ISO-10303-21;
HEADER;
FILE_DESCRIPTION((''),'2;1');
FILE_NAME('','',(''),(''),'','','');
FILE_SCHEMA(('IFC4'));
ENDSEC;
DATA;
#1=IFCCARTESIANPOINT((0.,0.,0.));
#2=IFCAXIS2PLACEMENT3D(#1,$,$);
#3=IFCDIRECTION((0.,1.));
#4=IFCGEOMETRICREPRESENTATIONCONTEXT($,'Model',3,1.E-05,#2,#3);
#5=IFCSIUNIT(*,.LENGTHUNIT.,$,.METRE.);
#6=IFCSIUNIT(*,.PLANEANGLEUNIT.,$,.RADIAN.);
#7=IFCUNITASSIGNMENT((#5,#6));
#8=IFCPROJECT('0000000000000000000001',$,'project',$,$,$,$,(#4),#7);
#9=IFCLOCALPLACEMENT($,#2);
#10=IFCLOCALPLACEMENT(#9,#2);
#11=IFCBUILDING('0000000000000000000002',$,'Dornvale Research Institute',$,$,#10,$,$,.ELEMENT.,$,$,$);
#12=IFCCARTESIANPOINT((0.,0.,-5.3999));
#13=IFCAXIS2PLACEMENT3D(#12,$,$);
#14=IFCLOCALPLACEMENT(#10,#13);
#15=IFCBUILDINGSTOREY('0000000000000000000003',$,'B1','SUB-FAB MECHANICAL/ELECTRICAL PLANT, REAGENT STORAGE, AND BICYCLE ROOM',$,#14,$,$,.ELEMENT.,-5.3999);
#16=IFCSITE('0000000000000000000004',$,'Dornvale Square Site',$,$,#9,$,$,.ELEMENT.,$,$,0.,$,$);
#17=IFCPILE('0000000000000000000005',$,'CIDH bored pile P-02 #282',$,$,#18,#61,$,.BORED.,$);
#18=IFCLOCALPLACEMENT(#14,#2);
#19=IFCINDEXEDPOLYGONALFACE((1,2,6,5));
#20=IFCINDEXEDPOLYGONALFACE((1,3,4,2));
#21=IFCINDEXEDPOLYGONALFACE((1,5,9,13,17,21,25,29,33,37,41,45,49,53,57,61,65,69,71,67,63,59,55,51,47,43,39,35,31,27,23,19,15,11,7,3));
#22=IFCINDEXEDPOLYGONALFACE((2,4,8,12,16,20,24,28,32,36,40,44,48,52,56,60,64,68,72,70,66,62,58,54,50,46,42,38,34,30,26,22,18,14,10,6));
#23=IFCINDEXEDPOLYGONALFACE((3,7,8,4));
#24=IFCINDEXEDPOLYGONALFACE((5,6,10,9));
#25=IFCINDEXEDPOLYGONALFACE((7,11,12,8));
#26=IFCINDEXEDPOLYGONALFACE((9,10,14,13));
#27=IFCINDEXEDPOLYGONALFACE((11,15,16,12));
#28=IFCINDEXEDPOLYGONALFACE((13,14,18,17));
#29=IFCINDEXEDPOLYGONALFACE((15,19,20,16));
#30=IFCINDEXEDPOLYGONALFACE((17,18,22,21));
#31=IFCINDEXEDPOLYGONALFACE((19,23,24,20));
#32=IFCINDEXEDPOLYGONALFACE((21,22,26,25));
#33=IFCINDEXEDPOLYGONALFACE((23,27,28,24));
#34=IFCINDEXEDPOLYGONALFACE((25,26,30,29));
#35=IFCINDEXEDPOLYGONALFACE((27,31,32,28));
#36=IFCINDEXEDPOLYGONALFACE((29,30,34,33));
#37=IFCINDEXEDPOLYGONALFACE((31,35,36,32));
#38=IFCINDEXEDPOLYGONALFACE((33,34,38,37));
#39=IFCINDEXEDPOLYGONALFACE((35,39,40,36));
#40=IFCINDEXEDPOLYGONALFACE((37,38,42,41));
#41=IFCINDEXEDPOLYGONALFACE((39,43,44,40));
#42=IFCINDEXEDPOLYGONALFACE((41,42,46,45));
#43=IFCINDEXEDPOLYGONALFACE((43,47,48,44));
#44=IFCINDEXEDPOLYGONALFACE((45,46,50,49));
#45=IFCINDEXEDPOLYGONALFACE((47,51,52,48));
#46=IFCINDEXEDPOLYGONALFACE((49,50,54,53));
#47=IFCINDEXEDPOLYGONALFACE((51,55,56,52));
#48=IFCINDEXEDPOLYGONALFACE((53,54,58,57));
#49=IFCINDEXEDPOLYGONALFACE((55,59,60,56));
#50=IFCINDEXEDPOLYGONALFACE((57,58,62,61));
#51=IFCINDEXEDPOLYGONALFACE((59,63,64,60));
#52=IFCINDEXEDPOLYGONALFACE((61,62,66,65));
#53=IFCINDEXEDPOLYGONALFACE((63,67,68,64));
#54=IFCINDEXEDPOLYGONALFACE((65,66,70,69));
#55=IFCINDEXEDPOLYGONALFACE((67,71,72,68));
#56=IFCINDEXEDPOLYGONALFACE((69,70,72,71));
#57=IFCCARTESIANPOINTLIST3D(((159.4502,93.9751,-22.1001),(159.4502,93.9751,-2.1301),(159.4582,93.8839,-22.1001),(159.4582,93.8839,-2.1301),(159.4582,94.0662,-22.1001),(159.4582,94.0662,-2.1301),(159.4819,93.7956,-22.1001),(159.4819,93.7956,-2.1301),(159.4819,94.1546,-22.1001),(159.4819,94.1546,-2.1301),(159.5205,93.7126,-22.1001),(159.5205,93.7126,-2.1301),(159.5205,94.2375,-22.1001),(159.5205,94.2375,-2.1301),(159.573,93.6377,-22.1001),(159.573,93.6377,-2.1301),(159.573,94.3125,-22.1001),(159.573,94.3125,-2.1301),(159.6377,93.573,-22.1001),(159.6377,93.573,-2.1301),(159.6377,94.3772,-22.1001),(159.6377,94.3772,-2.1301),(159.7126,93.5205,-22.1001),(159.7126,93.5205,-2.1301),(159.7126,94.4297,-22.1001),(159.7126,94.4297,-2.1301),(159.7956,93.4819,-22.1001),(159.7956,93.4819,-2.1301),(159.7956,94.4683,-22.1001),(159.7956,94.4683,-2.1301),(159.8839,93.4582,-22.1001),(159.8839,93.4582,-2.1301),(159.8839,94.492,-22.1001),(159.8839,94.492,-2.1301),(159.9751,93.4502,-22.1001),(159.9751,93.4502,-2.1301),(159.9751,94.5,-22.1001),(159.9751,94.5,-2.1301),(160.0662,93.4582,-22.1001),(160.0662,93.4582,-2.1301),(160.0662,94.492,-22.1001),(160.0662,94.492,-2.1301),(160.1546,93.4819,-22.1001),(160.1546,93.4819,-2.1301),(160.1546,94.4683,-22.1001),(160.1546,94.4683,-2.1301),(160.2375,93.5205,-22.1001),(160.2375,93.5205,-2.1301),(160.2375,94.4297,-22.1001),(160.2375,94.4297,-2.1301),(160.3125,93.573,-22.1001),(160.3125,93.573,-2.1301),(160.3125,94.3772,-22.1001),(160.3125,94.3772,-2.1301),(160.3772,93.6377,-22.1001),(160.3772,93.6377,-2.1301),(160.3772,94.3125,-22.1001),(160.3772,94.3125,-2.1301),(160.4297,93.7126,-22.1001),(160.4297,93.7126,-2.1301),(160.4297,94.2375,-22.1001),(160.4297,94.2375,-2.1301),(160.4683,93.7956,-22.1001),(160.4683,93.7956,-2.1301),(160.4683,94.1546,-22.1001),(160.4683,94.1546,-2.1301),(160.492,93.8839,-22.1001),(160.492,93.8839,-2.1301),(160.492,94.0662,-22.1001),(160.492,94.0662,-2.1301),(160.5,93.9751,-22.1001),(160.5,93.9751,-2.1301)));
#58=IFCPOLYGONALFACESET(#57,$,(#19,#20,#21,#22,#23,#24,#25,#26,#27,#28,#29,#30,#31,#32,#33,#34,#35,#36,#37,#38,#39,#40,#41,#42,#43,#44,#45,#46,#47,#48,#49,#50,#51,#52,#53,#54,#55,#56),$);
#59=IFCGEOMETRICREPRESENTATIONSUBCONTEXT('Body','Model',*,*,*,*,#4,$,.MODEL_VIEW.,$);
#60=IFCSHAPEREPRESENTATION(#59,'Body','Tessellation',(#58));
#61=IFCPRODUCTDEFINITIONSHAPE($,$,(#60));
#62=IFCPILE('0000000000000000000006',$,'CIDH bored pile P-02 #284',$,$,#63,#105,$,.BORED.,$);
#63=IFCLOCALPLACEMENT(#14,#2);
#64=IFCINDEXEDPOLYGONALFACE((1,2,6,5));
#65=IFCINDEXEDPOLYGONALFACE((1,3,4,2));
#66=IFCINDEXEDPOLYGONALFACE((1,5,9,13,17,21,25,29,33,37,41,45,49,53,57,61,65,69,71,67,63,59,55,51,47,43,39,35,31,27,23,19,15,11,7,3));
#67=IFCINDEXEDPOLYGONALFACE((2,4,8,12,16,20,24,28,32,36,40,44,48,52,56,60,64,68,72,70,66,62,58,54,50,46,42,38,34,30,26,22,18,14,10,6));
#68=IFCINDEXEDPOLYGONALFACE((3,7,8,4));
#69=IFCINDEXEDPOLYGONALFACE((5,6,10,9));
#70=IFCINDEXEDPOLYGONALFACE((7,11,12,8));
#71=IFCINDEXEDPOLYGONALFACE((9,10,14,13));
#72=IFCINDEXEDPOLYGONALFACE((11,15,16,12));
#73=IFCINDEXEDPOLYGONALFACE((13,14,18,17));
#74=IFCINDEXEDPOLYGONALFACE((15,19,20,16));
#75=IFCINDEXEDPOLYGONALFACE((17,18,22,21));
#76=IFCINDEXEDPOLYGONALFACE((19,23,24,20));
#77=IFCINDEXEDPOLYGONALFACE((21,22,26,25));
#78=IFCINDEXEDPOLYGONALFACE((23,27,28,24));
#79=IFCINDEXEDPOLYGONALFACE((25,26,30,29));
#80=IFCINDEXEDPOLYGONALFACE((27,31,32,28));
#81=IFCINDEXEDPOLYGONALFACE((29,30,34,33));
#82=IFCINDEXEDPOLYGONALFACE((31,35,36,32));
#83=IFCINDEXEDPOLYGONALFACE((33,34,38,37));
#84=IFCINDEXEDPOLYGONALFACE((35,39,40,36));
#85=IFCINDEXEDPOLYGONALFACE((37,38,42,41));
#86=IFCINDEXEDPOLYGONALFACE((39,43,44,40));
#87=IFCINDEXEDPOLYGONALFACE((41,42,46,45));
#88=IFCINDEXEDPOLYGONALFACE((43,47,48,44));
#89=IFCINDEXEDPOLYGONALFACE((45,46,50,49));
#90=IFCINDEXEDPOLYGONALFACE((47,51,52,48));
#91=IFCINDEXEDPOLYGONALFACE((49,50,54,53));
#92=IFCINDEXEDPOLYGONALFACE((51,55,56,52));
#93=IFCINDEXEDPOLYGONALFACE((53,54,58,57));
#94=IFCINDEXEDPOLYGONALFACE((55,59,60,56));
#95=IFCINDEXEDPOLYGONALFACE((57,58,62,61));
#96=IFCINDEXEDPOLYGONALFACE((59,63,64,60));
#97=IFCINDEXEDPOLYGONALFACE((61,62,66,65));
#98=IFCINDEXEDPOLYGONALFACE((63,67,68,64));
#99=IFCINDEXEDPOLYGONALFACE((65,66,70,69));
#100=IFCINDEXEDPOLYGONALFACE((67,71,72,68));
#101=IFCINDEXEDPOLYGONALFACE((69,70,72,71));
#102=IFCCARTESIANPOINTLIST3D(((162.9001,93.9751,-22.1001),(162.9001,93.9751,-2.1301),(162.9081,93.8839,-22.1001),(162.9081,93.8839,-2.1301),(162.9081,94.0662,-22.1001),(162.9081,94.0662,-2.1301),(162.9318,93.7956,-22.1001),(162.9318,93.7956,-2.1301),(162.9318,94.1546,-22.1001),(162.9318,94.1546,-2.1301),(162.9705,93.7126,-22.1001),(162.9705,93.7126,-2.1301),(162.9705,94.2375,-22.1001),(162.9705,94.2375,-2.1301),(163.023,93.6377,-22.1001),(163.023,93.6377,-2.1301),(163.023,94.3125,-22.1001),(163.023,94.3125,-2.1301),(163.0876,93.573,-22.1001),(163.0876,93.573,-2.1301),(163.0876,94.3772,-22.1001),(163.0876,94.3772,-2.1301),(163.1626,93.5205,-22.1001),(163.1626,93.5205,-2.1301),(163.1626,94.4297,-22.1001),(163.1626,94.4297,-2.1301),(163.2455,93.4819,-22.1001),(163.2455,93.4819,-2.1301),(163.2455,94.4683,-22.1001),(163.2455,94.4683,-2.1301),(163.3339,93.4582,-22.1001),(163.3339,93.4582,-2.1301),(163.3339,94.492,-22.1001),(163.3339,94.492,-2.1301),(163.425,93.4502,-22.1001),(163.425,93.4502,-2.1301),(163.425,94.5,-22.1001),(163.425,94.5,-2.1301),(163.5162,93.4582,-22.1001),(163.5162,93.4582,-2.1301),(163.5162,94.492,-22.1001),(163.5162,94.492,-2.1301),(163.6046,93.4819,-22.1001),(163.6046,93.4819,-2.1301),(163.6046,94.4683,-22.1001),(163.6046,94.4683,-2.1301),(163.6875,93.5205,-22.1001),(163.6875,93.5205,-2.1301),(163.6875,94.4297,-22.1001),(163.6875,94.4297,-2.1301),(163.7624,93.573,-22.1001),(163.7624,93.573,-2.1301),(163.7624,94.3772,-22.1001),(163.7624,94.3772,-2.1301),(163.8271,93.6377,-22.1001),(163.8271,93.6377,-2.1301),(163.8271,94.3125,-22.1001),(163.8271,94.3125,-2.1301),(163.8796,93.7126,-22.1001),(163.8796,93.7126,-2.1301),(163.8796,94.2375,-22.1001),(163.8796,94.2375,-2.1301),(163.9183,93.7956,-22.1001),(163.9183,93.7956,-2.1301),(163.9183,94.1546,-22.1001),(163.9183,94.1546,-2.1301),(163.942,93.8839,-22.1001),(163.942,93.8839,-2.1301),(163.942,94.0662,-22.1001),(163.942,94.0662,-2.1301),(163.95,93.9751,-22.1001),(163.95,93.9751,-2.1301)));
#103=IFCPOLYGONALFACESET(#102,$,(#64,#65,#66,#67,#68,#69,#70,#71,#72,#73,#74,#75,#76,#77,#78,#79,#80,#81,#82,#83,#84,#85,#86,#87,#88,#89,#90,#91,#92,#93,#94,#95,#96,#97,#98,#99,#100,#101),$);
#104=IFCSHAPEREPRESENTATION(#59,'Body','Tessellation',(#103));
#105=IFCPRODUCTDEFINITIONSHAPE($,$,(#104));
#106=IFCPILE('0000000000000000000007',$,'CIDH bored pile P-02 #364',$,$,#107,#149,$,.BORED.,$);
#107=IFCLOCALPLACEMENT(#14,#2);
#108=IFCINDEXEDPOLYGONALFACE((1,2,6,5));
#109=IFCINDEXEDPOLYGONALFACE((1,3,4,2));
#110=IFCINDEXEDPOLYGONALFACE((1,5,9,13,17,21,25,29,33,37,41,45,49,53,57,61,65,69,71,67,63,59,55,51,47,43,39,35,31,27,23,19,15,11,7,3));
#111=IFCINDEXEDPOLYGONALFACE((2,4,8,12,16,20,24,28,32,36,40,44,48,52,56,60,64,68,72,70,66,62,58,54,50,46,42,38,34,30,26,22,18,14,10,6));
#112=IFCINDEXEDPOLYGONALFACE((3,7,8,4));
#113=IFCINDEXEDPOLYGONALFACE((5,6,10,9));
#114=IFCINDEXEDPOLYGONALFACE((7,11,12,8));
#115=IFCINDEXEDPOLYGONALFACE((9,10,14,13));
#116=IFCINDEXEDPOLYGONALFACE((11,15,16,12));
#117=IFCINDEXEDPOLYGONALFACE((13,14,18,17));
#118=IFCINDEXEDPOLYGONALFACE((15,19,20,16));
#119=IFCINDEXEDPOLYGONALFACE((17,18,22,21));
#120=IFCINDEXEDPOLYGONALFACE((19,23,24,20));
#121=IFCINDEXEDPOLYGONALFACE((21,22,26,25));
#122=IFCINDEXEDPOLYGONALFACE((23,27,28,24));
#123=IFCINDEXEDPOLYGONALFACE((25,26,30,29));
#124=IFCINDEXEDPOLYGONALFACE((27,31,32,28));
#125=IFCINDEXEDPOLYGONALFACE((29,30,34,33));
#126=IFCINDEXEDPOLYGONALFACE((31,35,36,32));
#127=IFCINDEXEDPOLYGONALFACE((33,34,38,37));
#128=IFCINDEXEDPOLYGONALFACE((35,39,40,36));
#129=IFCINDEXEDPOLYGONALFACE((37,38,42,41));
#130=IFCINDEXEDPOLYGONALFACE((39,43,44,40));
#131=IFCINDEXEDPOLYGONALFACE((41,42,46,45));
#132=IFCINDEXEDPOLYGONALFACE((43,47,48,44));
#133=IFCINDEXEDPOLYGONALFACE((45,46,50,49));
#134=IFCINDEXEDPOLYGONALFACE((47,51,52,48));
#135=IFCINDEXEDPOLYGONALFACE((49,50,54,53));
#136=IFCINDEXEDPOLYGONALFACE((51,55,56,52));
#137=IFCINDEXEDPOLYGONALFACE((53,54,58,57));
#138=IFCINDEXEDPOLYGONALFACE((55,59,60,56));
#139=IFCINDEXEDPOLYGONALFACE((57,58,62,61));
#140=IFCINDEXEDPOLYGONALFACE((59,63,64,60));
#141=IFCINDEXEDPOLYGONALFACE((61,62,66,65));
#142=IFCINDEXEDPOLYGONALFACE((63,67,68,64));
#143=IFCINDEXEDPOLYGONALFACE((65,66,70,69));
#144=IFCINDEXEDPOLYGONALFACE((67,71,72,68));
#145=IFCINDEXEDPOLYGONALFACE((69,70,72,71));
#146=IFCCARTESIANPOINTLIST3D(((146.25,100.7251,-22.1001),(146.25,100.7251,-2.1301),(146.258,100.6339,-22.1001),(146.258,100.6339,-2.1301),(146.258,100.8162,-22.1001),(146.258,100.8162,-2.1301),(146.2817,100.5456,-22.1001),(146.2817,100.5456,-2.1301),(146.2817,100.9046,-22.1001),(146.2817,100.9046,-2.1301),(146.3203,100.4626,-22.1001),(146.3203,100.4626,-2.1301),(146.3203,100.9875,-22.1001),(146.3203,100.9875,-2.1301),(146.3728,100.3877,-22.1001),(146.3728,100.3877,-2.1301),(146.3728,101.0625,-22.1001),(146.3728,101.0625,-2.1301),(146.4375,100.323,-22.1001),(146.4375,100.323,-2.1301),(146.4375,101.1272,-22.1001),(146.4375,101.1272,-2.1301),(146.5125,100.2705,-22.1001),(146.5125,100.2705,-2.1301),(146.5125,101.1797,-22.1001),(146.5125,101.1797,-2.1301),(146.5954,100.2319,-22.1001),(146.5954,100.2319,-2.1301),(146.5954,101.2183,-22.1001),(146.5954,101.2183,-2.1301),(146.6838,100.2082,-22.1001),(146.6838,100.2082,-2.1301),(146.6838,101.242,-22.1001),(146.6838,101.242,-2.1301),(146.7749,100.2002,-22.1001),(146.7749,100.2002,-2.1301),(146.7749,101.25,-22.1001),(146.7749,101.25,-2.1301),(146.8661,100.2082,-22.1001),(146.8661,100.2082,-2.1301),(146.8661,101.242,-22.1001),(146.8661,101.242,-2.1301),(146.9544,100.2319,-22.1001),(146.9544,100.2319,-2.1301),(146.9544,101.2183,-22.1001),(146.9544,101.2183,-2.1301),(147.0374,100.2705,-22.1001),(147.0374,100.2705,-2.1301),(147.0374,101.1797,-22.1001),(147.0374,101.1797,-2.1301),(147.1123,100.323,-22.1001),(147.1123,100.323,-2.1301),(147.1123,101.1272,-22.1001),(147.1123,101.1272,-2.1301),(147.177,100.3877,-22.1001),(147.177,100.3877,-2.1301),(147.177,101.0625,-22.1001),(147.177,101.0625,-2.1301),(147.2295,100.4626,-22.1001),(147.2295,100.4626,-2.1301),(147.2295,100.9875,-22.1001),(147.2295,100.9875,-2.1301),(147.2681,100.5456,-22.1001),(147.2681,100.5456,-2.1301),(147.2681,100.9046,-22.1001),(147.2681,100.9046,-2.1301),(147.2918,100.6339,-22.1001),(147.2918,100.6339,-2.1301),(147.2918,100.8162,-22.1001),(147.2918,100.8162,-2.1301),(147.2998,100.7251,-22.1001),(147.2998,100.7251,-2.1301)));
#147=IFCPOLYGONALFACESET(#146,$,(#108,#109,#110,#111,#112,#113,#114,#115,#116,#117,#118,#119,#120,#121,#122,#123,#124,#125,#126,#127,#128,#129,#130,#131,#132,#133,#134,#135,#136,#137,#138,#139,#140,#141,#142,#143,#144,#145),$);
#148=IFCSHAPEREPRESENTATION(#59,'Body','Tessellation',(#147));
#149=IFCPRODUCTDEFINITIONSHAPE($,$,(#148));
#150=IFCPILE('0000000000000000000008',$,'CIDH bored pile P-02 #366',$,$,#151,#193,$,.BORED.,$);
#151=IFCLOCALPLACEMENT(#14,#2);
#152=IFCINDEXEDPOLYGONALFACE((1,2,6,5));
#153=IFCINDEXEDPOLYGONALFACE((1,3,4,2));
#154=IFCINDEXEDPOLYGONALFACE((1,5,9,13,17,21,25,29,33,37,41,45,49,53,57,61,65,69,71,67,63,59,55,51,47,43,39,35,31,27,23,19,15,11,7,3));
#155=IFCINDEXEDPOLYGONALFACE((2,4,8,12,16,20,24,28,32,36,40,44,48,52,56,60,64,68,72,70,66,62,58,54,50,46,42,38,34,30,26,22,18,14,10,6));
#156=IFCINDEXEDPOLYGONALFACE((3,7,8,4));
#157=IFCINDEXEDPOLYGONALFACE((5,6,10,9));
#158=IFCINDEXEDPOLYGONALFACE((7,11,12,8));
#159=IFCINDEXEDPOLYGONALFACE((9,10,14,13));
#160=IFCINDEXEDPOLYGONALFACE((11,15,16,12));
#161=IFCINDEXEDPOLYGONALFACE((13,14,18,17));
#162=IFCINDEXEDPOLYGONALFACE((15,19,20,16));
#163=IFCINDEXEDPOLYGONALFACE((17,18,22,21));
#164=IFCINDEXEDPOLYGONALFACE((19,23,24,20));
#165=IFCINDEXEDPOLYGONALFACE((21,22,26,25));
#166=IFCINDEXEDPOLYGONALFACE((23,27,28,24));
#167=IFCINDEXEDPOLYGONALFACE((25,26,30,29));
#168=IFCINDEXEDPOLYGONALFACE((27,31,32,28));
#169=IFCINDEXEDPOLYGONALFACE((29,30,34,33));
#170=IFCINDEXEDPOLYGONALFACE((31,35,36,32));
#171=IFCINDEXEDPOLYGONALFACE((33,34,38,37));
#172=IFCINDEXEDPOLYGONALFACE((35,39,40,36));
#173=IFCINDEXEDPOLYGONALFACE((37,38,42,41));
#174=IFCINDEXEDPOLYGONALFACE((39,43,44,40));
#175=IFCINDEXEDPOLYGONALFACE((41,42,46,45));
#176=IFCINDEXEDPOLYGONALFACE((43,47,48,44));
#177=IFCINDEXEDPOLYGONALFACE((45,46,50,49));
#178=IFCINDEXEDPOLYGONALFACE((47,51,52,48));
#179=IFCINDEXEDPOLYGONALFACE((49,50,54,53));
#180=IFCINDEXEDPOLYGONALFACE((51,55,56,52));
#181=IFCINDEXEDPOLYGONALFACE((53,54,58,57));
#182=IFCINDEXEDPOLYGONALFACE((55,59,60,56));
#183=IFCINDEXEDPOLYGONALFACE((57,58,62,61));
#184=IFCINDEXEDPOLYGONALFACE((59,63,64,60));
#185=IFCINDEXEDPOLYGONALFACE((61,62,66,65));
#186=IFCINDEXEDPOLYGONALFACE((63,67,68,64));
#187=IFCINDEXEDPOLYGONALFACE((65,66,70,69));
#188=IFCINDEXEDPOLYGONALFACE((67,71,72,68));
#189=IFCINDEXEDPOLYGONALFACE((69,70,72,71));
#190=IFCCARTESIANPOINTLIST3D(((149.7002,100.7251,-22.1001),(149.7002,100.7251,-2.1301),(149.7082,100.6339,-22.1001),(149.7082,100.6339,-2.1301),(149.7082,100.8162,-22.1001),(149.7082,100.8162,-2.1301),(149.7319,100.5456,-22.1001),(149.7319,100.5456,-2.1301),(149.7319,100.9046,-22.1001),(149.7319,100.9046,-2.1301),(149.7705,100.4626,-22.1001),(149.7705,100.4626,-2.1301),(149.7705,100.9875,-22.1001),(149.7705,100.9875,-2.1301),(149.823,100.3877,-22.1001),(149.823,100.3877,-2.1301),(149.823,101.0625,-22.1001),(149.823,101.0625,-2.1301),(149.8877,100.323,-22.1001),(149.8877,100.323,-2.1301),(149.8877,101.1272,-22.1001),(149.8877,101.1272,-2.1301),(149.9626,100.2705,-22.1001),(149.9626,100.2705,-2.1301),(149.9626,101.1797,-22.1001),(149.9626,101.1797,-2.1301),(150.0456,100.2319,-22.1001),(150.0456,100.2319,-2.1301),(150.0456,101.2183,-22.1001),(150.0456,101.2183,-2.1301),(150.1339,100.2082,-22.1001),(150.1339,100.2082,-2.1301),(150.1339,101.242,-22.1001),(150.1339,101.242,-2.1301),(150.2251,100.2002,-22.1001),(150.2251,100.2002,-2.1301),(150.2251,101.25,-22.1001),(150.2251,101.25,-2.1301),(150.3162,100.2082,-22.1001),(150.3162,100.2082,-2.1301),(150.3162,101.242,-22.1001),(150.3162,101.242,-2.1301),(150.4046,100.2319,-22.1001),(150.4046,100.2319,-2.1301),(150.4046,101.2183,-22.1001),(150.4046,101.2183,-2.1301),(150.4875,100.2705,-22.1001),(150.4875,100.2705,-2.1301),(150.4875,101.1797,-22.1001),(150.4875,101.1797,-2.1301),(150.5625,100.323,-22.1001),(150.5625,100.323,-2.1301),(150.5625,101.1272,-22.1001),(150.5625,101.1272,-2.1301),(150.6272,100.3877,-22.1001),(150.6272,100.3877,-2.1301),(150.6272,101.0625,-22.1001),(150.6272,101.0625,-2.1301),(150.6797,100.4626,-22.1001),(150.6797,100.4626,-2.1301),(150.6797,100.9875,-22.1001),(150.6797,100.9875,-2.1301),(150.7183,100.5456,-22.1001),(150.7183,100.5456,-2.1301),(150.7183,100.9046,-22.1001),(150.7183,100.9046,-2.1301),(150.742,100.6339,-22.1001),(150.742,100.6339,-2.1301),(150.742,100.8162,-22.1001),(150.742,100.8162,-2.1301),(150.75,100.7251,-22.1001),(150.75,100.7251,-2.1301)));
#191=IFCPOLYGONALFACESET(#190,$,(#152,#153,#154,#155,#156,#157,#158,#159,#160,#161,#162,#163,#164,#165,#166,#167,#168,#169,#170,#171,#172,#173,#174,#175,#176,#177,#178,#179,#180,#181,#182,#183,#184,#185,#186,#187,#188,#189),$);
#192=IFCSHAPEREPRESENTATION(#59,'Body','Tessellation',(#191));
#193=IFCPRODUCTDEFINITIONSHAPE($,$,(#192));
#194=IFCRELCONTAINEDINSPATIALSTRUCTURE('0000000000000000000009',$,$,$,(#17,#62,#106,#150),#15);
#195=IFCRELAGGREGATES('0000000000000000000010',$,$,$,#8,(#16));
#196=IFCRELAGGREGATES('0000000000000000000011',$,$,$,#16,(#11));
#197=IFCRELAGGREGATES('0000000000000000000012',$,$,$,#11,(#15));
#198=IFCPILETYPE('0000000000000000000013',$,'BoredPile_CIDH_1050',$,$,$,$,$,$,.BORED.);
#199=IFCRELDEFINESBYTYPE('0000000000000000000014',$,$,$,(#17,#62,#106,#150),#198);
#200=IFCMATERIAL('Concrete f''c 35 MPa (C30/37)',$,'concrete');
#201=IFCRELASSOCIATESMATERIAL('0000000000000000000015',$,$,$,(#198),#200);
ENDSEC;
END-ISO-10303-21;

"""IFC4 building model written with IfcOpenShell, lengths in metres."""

from ifc_helpers import new_model, si_unit, direction, frame, origin, origin_2d, place, context, subcontext, project, spatial, circle, extrude, material, material_profile, profile_set, type_object, element, save


model = new_model("IFC4")

# Units and contexts
model_context = context("Model", 3, precision=1e-05, world=origin(), true_north=direction((0.0, 1.0)))
body_context = subcontext(model_context, "Body", "Model", "MODEL_VIEW")
ifc_project = project(units=[si_unit("LENGTHUNIT", "METRE"), si_unit("PLANEANGLEUNIT", "RADIAN")], contexts=[model_context])

# Site, building, storey
site_placement = place(None, origin())
site = spatial("IfcSite", under=ifc_project, at=site_placement, Name="Dornvale Square Site", CompositionType="ELEMENT", RefElevation=0.0)
building_placement = place(site_placement, origin())
building = spatial("IfcBuilding", under=site, at=building_placement, Name="Dornvale Research Institute", CompositionType="ELEMENT")
storey_placement = place(building_placement, frame((0.0, 0.0, -5.3999)))
storey = spatial("IfcBuildingStorey", under=building, at=storey_placement, Name="B1", Description="SUB-FAB MECHANICAL/ELECTRICAL PLANT, REAGENT STORAGE, AND BICYCLE ROOM", CompositionType="ELEMENT", Elevation=-5.3999)

# Piles
ifc_material_1 = material(Name="Concrete f'c 35 MPa (C30/37)", Category="concrete")
ifc_material_profile_1 = material_profile(ifc_material_1, circle(Radius=0.5249, at=origin_2d()), Name="CIDH PILE D1050")
ifc_profile_set_1 = profile_set([ifc_material_profile_1], Name="Concrete f'c 35 MPa (C30/37)")
pile_type = type_object("IfcPileType", Name="BoredPile_CIDH_1050", PredefinedType="BORED", material=ifc_profile_set_1)
for number, where, z_axis, x_axis, name in (
    (1, (159.9751, 93.9751, -2.1301), (0.0, 0.0, -1.0), (1.0, 0.0, 0.0), "CIDH bored pile P-02 #282"),
    (2, (163.425, 93.9751, -2.1301), (0.0, 0.0, -1.0), (1.0, 0.0, 0.0), "CIDH bored pile P-02 #284"),
    (3, (146.7749, 100.7251, -2.1301), (0.0, 0.0, -1.0), (1.0, 0.0, 0.0), "CIDH bored pile P-02 #364"),
    (4, (150.2251, 100.7251, -2.1301), (0.0, 0.0, -1.0), (1.0, 0.0, 0.0), "CIDH bored pile P-02 #366"),
):
    element("IfcPile", number, at=place(storey_placement, frame(where, z_axis=z_axis, x_axis=x_axis)), inside=storey, type_object=pile_type, Name=name, PredefinedType="BORED", context=body_context, shape_type="SweptSolid", body=[
        extrude(circle(Radius=0.5249, at=origin_2d()), origin(), (0.0, 0.0, 1.0), 19.97),
    ])

save(model, "model.ifc")
